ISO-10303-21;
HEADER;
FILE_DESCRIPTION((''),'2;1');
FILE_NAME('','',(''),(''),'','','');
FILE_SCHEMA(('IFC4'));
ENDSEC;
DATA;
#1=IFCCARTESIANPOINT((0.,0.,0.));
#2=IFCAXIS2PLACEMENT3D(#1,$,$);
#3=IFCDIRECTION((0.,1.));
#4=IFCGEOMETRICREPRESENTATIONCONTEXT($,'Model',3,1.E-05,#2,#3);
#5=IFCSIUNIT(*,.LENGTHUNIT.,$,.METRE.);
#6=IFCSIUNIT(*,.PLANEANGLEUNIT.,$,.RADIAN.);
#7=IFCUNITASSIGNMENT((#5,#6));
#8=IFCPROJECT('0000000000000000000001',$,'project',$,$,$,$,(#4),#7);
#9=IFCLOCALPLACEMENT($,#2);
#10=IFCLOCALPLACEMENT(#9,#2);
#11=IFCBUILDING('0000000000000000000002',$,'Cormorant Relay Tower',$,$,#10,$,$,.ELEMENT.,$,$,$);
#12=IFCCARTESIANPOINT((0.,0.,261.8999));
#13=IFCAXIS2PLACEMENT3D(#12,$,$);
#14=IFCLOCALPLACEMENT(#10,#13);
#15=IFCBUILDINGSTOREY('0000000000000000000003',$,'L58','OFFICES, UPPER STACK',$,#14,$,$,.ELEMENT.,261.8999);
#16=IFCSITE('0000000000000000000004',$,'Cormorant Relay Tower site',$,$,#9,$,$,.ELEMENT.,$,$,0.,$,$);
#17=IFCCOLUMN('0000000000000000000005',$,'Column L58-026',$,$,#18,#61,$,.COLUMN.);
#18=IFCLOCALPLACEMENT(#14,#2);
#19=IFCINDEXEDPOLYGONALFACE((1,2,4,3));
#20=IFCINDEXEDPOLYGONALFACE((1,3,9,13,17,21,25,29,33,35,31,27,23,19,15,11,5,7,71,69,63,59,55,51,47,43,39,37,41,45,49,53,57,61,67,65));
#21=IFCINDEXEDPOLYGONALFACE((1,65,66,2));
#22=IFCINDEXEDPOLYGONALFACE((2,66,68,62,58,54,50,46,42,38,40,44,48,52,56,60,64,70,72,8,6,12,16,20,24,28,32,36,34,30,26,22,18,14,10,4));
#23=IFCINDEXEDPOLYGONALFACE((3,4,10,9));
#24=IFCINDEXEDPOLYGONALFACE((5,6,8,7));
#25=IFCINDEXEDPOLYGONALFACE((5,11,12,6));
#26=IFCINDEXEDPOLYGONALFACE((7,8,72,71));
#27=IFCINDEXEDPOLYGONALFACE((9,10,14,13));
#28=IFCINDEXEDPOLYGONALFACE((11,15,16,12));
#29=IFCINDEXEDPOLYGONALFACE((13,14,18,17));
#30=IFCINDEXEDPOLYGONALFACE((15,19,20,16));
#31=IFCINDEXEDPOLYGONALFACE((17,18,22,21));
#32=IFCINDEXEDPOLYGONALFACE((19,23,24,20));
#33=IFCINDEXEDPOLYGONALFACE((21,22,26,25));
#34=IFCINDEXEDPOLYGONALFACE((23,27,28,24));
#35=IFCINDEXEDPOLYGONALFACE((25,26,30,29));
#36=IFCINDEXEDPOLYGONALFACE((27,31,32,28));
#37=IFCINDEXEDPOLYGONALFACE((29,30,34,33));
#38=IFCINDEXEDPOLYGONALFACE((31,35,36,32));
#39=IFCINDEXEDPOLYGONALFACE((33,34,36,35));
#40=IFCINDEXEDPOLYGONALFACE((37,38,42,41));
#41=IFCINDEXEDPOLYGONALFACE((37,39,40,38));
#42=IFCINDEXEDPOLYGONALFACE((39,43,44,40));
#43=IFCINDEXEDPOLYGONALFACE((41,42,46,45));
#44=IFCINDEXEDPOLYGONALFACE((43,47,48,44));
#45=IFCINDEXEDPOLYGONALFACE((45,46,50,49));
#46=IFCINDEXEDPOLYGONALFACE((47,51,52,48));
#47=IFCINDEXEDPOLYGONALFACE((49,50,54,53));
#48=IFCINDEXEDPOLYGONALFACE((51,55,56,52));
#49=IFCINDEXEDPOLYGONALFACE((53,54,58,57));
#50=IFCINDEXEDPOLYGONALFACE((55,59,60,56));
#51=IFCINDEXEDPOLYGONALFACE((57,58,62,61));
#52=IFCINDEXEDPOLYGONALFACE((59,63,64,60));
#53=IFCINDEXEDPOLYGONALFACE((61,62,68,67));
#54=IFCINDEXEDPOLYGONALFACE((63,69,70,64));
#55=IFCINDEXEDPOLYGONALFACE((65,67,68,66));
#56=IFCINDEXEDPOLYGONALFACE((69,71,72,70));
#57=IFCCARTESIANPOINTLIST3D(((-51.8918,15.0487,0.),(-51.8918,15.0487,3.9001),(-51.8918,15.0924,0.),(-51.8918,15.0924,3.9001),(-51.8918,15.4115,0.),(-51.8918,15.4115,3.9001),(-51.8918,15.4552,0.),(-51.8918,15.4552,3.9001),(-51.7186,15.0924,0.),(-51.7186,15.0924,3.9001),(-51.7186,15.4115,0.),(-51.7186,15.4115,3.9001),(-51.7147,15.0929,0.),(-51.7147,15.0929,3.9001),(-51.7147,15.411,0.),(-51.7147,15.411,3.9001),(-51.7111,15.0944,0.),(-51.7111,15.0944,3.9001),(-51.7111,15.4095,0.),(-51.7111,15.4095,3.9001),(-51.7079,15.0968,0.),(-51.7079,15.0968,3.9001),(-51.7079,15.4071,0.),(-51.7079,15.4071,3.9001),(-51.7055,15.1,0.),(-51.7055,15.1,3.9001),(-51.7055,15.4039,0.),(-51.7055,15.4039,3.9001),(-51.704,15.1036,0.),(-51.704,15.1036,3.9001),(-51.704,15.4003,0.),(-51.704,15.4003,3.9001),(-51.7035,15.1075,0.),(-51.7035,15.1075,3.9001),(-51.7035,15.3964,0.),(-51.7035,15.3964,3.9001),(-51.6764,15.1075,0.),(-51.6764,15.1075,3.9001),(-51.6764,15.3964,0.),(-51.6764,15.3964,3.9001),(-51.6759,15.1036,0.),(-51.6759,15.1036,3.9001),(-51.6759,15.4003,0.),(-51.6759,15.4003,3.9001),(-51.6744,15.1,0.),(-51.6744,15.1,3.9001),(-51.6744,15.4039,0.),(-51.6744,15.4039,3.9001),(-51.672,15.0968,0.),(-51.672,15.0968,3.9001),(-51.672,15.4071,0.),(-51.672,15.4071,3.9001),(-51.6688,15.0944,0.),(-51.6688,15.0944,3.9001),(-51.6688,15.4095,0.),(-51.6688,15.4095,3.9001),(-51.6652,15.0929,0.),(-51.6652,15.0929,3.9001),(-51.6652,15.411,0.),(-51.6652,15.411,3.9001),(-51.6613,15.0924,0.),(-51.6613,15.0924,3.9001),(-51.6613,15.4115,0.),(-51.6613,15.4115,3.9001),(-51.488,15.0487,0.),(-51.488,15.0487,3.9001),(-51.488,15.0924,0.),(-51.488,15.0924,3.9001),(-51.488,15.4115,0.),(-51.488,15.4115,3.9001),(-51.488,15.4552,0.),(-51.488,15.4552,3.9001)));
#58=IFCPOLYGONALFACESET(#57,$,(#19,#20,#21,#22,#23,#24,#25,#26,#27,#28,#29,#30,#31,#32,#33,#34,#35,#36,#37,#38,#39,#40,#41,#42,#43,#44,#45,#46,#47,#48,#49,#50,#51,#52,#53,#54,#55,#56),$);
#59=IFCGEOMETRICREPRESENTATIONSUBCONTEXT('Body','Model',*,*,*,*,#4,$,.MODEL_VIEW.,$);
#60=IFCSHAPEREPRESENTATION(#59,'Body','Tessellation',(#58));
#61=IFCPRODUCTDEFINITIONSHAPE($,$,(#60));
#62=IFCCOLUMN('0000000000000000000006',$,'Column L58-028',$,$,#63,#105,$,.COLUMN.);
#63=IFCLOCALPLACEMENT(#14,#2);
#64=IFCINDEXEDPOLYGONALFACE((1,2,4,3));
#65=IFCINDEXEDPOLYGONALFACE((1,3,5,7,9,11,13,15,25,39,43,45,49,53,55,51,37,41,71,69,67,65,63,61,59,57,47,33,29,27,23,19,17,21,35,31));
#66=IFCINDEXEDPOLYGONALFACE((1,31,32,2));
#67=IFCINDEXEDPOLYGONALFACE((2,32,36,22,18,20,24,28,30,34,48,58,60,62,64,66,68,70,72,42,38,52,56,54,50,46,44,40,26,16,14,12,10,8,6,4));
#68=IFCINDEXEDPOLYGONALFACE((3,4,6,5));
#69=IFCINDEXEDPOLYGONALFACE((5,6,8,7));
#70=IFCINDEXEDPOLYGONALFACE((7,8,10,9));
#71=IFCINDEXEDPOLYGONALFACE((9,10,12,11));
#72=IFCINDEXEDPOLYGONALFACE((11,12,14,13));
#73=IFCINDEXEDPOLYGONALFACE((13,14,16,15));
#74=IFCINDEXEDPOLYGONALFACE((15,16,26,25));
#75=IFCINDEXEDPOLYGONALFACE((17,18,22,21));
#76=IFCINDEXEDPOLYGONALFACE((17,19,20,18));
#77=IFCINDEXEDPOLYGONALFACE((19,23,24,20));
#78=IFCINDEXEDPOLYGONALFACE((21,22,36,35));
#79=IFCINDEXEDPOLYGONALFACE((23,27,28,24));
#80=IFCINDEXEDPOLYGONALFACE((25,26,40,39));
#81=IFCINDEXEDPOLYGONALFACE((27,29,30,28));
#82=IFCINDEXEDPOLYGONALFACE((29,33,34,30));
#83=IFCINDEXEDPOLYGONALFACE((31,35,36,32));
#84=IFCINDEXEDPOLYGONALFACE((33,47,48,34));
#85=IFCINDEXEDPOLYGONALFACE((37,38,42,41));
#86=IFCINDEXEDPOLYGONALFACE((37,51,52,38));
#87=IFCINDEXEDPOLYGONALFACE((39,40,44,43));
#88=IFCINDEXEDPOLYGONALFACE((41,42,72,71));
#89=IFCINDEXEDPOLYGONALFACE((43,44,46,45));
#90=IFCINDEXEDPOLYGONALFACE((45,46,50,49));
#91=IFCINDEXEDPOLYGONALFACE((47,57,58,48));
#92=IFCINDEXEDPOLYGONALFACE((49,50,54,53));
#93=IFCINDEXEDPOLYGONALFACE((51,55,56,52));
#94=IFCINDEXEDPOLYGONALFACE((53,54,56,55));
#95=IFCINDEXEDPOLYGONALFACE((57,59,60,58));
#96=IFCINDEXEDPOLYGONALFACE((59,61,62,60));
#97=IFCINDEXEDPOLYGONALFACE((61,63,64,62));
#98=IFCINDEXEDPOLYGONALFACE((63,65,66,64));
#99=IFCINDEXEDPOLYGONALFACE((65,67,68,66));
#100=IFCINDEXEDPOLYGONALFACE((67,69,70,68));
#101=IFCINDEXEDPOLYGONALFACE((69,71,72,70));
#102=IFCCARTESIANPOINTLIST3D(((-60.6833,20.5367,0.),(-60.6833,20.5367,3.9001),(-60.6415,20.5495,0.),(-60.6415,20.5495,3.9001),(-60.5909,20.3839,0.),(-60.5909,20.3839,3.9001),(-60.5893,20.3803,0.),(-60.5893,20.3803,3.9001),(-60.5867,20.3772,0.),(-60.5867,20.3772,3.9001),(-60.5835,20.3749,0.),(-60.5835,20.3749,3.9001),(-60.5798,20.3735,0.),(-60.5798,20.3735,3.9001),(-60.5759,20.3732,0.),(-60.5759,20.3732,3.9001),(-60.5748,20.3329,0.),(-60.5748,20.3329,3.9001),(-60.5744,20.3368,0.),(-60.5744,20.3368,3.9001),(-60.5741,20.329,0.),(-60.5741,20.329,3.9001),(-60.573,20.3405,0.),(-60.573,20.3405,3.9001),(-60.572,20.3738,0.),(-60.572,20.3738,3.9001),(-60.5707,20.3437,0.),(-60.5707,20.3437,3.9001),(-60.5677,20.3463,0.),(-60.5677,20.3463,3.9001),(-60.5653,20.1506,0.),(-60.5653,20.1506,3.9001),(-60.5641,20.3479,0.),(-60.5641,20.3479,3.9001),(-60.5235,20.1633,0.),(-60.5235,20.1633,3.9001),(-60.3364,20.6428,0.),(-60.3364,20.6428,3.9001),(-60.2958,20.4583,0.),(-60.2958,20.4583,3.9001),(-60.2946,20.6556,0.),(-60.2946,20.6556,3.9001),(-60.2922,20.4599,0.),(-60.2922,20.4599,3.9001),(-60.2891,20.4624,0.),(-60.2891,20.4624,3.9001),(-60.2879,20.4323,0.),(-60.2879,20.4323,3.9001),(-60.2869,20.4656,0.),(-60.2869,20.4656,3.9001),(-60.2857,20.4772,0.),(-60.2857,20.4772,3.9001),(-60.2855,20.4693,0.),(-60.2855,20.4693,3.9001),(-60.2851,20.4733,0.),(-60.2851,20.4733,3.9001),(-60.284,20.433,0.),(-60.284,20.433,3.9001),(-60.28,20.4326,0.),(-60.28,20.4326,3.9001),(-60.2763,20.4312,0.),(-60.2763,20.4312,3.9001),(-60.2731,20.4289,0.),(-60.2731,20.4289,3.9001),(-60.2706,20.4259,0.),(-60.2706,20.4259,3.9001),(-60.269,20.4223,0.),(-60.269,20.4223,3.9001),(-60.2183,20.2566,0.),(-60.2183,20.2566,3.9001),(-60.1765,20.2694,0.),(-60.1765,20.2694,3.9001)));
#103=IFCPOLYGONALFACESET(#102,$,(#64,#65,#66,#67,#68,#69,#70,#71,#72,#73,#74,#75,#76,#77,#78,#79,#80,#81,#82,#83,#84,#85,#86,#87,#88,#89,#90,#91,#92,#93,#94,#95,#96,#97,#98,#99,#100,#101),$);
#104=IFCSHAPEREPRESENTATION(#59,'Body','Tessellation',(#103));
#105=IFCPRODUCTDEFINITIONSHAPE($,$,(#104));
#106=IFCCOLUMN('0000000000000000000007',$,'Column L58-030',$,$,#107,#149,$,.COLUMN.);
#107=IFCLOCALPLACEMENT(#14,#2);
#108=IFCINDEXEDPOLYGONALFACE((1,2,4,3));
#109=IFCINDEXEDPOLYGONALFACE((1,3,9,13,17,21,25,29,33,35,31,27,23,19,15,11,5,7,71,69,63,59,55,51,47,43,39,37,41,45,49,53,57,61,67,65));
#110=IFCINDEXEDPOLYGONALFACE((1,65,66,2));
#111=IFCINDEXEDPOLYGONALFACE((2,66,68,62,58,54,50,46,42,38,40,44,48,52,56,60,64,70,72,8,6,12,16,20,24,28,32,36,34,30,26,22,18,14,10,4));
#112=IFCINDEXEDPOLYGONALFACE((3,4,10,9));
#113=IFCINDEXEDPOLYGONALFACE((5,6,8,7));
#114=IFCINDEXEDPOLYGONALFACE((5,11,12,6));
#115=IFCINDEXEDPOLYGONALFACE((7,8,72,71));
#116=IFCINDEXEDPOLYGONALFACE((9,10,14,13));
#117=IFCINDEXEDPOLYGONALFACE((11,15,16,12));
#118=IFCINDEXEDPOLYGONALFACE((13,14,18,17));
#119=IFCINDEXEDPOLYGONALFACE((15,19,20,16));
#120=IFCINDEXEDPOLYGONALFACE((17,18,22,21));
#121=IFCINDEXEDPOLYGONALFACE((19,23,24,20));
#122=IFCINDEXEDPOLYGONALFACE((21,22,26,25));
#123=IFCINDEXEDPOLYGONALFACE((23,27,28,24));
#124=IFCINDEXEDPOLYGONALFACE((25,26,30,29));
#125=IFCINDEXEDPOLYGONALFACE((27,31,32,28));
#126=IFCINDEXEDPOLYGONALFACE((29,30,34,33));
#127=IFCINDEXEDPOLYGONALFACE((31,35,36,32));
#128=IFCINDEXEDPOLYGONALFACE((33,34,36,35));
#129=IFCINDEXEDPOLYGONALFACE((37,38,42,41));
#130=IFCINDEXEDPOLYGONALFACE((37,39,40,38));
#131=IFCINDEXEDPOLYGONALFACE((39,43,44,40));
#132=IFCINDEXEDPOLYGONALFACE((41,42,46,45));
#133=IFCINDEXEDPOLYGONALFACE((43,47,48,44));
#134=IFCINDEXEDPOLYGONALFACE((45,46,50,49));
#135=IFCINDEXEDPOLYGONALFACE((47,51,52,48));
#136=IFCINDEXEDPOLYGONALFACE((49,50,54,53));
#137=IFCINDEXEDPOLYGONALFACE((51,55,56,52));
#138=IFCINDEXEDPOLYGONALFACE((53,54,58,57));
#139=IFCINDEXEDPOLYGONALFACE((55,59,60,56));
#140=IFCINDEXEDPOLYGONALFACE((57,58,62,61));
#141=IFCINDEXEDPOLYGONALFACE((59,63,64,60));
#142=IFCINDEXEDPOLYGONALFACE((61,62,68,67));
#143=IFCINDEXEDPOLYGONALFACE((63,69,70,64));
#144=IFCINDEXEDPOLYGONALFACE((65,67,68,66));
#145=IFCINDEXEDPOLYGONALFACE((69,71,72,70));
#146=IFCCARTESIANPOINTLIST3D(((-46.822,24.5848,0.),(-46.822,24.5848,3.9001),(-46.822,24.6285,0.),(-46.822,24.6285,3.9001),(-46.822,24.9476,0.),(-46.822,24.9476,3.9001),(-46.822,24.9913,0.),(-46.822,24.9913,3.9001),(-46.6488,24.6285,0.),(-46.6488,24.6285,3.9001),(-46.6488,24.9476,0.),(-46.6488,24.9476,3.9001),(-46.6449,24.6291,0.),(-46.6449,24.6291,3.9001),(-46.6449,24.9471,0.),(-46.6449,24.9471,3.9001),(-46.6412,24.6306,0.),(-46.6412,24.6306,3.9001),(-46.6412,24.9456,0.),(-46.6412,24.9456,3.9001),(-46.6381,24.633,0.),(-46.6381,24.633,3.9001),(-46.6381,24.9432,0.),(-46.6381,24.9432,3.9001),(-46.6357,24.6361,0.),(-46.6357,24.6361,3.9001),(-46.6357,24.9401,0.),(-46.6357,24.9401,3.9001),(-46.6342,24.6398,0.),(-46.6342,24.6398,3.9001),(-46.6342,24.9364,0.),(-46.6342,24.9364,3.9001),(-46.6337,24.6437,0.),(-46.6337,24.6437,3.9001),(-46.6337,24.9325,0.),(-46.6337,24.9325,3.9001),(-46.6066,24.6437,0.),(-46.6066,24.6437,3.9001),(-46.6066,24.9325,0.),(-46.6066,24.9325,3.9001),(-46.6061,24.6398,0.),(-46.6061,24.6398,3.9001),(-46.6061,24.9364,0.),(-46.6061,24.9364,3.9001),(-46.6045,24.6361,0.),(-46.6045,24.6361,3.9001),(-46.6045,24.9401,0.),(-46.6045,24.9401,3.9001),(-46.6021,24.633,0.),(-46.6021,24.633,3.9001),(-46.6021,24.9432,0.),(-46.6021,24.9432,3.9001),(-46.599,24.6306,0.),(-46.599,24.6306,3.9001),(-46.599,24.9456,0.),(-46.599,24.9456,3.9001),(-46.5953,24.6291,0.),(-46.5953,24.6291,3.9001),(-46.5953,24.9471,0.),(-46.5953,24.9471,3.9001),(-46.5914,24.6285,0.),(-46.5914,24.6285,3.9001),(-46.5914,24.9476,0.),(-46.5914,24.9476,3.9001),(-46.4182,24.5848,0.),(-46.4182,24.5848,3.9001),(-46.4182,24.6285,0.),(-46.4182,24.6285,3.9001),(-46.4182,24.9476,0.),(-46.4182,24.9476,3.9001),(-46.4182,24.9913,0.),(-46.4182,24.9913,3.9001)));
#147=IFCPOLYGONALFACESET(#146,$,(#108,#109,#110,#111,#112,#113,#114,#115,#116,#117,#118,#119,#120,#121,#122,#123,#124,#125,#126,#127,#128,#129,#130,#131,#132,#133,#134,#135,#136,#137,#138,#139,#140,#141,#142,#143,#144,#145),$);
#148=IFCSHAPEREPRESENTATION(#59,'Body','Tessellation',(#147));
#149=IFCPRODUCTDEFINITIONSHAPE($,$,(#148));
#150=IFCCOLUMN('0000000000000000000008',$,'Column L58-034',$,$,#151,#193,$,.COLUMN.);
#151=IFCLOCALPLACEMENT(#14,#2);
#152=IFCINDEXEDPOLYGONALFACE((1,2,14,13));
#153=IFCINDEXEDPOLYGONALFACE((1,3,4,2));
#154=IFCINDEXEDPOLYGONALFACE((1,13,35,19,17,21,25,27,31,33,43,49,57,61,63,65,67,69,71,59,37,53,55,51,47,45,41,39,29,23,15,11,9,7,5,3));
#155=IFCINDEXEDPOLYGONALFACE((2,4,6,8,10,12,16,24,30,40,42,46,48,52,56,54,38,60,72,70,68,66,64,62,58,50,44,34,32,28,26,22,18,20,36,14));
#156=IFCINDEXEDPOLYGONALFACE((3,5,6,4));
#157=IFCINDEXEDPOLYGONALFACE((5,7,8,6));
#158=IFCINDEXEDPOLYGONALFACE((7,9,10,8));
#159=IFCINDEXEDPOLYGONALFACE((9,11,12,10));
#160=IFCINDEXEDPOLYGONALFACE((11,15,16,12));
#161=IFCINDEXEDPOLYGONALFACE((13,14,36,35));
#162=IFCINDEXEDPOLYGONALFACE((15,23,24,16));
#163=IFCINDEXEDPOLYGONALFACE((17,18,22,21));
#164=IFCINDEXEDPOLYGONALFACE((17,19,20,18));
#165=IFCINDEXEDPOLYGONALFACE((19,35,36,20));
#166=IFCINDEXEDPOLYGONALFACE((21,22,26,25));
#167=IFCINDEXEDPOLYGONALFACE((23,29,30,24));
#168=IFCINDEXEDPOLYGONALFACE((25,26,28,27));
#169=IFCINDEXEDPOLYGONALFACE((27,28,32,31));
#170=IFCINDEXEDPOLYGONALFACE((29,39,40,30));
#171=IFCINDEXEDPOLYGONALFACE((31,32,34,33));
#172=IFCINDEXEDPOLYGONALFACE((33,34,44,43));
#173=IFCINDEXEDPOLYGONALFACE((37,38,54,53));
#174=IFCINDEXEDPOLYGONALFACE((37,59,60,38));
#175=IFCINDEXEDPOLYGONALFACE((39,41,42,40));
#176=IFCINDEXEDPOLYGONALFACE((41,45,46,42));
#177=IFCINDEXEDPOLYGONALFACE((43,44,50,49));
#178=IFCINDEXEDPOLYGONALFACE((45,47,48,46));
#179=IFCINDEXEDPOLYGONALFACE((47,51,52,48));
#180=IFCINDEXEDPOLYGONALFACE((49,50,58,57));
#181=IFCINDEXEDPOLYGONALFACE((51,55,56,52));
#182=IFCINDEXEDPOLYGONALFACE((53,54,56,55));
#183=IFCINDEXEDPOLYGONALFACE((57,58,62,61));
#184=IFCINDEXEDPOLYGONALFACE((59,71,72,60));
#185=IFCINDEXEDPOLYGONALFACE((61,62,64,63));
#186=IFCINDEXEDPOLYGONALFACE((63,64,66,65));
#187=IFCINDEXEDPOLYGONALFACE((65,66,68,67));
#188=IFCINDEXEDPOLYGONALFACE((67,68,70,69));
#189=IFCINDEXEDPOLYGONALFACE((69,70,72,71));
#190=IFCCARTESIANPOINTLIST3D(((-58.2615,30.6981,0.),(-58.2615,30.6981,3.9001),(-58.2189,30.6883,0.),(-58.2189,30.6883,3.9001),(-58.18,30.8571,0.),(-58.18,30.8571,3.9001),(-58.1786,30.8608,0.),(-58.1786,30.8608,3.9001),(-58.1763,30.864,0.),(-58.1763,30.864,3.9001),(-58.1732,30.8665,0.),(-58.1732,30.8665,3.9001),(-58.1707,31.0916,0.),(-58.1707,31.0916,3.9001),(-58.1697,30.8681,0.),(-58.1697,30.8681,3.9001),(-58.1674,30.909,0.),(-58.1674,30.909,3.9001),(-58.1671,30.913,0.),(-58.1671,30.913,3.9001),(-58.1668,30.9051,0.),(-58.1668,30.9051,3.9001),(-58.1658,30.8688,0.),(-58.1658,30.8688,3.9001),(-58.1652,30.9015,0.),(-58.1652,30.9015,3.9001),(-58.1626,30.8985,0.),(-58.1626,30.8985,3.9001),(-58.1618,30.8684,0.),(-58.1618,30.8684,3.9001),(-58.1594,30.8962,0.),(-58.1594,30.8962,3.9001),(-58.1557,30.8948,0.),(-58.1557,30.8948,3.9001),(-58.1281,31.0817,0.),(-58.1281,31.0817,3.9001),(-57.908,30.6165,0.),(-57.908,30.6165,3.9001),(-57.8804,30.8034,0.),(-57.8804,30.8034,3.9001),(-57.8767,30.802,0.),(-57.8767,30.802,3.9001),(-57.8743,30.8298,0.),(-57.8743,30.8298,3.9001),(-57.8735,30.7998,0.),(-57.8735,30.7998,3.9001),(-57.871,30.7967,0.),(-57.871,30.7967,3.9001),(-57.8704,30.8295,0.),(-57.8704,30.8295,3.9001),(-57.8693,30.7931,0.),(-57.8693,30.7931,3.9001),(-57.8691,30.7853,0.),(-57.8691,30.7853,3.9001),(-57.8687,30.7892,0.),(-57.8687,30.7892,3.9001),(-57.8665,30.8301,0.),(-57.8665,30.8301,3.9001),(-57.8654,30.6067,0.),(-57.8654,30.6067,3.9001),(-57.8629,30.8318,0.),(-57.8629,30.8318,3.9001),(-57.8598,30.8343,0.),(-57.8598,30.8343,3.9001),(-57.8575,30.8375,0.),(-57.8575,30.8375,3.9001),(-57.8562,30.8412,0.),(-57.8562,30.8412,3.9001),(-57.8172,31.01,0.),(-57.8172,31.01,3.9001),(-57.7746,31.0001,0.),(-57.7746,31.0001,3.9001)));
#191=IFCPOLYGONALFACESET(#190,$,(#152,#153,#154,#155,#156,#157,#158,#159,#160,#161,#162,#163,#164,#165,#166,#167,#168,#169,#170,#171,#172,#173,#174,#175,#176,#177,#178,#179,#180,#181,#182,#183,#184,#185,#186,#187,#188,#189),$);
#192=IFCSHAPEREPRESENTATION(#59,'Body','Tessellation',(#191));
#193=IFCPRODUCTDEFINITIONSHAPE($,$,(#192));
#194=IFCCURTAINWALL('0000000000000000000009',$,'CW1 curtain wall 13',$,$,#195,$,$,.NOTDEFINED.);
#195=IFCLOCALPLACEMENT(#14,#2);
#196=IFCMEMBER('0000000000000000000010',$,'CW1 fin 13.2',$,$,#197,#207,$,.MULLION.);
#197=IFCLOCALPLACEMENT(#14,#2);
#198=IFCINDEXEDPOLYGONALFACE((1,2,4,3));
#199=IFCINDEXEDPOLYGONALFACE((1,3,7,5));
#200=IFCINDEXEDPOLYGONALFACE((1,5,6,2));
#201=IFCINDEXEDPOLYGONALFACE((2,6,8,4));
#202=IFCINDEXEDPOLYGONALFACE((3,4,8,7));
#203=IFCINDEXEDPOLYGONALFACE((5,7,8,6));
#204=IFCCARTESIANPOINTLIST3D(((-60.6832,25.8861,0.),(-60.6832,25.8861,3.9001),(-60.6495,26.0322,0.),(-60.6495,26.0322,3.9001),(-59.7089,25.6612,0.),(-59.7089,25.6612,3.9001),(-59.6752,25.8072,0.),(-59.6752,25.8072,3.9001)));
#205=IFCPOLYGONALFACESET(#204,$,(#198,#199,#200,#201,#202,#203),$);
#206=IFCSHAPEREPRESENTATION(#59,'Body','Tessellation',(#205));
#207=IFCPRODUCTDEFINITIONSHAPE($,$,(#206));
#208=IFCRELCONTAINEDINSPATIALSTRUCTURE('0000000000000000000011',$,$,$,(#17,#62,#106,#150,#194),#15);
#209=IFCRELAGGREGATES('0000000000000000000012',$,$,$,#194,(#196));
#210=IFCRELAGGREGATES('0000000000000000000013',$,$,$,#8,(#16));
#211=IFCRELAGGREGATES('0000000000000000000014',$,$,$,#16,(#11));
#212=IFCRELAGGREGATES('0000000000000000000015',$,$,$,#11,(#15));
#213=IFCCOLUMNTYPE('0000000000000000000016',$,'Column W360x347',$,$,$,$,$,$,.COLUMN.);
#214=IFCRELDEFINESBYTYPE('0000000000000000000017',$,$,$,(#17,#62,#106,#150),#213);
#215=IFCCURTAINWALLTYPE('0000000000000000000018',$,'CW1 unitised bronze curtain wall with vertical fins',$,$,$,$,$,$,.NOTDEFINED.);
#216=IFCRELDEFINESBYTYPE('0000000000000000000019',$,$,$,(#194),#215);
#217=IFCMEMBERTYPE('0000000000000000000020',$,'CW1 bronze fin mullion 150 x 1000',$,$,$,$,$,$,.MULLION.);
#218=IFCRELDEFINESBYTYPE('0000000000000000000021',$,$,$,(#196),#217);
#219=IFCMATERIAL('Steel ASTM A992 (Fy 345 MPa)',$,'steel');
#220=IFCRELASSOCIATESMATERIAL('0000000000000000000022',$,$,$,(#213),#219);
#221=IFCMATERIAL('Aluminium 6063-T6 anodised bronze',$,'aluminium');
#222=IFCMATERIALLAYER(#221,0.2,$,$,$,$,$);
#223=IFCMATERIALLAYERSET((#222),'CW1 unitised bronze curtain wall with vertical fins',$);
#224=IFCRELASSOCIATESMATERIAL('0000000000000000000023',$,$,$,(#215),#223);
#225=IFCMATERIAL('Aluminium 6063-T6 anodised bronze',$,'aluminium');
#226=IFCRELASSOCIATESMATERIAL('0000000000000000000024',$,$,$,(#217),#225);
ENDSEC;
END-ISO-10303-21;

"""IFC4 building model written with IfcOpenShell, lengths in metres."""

from ifc_helpers import new_model, si_unit, direction, frame, origin, origin_2d, place, context, subcontext, project, spatial, rectangle, i_section, extrude, material, layer, layer_set, material_profile, profile_set, type_object, element, aggregate, save


model = new_model("IFC4")

# Units and contexts
model_context = context("Model", 3, precision=1e-05, world=origin(), true_north=direction((0.0, 1.0)))
body_context = subcontext(model_context, "Body", "Model", "MODEL_VIEW")
ifc_project = project(units=[si_unit("LENGTHUNIT", "METRE"), si_unit("PLANEANGLEUNIT", "RADIAN")], contexts=[model_context])

# Site, building, storey
site_placement = place(None, origin())
site = spatial("IfcSite", under=ifc_project, at=site_placement, Name="Cormorant Relay Tower site", CompositionType="ELEMENT", RefElevation=0.0)
building_placement = place(site_placement, origin())
building = spatial("IfcBuilding", under=site, at=building_placement, Name="Cormorant Relay Tower", CompositionType="ELEMENT")
storey_placement = place(building_placement, frame((0.0, 0.0, 261.8999)))
storey = spatial("IfcBuildingStorey", under=building, at=storey_placement, Name="L58", Description="OFFICES, UPPER STACK", CompositionType="ELEMENT", Elevation=261.8999)

# Columns
ifc_material_1 = material(Name="Steel ASTM A992 (Fy 345 MPa)", Category="steel")
ifc_material_profile_1 = material_profile(ifc_material_1, i_section(OverallWidth=0.4038, OverallDepth=0.4065, WebThickness=0.0271, FlangeThickness=0.0437, FilletRadius=0.0151, at=origin_2d()), Name="W360x347")
ifc_profile_set_1 = profile_set([ifc_material_profile_1], Name="Steel ASTM A992 (Fy 345 MPa)")
column_type = type_object("IfcColumnType", Name="Column W360x347", PredefinedType="COLUMN", material=ifc_profile_set_1)
for number, where, z_axis, x_axis, name in (
    (1, (-51.6899, 15.252, 0.0), (0.0, 0.0, 1.0), (1.0, 0.0, 0.0), "Column L58-026"),
    (2, (-60.4299, 20.4031, 0.0), (0.0, 0.0, 1.0), (0.292372, -0.956305, 0.0), "Column L58-028"),
    (3, (-46.6201, 24.7881, 0.0), (0.0, 0.0, 1.0), (1.0, 0.0, 0.0), "Column L58-030"),
    (4, (-58.0181, 30.8491, 0.0), (0.0, 0.0, 1.0), (-0.224951, -0.97437, 0.0), "Column L58-034"),
):
    element("IfcColumn", number, at=place(storey_placement, frame(where, z_axis=z_axis, x_axis=x_axis)), inside=storey, type_object=column_type, Name=name, PredefinedType="COLUMN", context=body_context, shape_type="SweptSolid", body=[
        extrude(i_section(OverallWidth=0.4038, OverallDepth=0.4065, WebThickness=0.0271, FlangeThickness=0.0437, FilletRadius=0.0151, at=origin_2d()), origin(), (0.0, 0.0, 1.0), 3.9001),
    ])

# Curtain wall, member
ifc_material_2 = material(Name="Aluminium 6063-T6 anodised bronze", Category="aluminium")
ifc_layer_1 = layer(ifc_material_2, 0.2)
ifc_layer_set_1 = layer_set([ifc_layer_1], Name="CW1 unitised bronze curtain wall with vertical fins")
curtain_wall_type = type_object("IfcCurtainWallType", Name="CW1 unitised bronze curtain wall with vertical fins", PredefinedType="NOTDEFINED", material=ifc_layer_set_1)
curtain_wall_1_placement = place(storey_placement, origin())
curtain_wall_1 = element("IfcCurtainWall", 5, at=curtain_wall_1_placement, inside=storey, type_object=curtain_wall_type, Name="CW1 curtain wall 13", PredefinedType="NOTDEFINED")
ifc_material_3 = material(Name="Aluminium 6063-T6 anodised bronze", Category="aluminium")
ifc_material_profile_2 = material_profile(ifc_material_3, rectangle(XDim=0.1499, YDim=1.0, at=origin_2d()), Name="AL 150x1000")
ifc_profile_set_2 = profile_set([ifc_material_profile_2], Name="Aluminium 6063-T6 anodised bronze")
member_type_1 = type_object("IfcMemberType", Name="CW1 bronze fin mullion 150 x 1000", PredefinedType="MULLION", material=ifc_profile_set_2)
member_1_placement = place(storey_placement, frame((-60.1792, 25.8467, 0.0), z_axis=(0.0, 0.0, 1.0), x_axis=(-0.224951, -0.97437, 0.0)))
member_1 = element("IfcMember", 6, at=member_1_placement, type_object=member_type_1, Name="CW1 fin 13.2", PredefinedType="MULLION", context=body_context, shape_type="SweptSolid", body=[
    extrude(rectangle(XDim=0.1499, YDim=1.0, at=origin_2d()), origin(), (0.0, 0.0, 1.0), 3.9001),
])

aggregate(curtain_wall_1, [member_1])

save(model, "model.ifc")
